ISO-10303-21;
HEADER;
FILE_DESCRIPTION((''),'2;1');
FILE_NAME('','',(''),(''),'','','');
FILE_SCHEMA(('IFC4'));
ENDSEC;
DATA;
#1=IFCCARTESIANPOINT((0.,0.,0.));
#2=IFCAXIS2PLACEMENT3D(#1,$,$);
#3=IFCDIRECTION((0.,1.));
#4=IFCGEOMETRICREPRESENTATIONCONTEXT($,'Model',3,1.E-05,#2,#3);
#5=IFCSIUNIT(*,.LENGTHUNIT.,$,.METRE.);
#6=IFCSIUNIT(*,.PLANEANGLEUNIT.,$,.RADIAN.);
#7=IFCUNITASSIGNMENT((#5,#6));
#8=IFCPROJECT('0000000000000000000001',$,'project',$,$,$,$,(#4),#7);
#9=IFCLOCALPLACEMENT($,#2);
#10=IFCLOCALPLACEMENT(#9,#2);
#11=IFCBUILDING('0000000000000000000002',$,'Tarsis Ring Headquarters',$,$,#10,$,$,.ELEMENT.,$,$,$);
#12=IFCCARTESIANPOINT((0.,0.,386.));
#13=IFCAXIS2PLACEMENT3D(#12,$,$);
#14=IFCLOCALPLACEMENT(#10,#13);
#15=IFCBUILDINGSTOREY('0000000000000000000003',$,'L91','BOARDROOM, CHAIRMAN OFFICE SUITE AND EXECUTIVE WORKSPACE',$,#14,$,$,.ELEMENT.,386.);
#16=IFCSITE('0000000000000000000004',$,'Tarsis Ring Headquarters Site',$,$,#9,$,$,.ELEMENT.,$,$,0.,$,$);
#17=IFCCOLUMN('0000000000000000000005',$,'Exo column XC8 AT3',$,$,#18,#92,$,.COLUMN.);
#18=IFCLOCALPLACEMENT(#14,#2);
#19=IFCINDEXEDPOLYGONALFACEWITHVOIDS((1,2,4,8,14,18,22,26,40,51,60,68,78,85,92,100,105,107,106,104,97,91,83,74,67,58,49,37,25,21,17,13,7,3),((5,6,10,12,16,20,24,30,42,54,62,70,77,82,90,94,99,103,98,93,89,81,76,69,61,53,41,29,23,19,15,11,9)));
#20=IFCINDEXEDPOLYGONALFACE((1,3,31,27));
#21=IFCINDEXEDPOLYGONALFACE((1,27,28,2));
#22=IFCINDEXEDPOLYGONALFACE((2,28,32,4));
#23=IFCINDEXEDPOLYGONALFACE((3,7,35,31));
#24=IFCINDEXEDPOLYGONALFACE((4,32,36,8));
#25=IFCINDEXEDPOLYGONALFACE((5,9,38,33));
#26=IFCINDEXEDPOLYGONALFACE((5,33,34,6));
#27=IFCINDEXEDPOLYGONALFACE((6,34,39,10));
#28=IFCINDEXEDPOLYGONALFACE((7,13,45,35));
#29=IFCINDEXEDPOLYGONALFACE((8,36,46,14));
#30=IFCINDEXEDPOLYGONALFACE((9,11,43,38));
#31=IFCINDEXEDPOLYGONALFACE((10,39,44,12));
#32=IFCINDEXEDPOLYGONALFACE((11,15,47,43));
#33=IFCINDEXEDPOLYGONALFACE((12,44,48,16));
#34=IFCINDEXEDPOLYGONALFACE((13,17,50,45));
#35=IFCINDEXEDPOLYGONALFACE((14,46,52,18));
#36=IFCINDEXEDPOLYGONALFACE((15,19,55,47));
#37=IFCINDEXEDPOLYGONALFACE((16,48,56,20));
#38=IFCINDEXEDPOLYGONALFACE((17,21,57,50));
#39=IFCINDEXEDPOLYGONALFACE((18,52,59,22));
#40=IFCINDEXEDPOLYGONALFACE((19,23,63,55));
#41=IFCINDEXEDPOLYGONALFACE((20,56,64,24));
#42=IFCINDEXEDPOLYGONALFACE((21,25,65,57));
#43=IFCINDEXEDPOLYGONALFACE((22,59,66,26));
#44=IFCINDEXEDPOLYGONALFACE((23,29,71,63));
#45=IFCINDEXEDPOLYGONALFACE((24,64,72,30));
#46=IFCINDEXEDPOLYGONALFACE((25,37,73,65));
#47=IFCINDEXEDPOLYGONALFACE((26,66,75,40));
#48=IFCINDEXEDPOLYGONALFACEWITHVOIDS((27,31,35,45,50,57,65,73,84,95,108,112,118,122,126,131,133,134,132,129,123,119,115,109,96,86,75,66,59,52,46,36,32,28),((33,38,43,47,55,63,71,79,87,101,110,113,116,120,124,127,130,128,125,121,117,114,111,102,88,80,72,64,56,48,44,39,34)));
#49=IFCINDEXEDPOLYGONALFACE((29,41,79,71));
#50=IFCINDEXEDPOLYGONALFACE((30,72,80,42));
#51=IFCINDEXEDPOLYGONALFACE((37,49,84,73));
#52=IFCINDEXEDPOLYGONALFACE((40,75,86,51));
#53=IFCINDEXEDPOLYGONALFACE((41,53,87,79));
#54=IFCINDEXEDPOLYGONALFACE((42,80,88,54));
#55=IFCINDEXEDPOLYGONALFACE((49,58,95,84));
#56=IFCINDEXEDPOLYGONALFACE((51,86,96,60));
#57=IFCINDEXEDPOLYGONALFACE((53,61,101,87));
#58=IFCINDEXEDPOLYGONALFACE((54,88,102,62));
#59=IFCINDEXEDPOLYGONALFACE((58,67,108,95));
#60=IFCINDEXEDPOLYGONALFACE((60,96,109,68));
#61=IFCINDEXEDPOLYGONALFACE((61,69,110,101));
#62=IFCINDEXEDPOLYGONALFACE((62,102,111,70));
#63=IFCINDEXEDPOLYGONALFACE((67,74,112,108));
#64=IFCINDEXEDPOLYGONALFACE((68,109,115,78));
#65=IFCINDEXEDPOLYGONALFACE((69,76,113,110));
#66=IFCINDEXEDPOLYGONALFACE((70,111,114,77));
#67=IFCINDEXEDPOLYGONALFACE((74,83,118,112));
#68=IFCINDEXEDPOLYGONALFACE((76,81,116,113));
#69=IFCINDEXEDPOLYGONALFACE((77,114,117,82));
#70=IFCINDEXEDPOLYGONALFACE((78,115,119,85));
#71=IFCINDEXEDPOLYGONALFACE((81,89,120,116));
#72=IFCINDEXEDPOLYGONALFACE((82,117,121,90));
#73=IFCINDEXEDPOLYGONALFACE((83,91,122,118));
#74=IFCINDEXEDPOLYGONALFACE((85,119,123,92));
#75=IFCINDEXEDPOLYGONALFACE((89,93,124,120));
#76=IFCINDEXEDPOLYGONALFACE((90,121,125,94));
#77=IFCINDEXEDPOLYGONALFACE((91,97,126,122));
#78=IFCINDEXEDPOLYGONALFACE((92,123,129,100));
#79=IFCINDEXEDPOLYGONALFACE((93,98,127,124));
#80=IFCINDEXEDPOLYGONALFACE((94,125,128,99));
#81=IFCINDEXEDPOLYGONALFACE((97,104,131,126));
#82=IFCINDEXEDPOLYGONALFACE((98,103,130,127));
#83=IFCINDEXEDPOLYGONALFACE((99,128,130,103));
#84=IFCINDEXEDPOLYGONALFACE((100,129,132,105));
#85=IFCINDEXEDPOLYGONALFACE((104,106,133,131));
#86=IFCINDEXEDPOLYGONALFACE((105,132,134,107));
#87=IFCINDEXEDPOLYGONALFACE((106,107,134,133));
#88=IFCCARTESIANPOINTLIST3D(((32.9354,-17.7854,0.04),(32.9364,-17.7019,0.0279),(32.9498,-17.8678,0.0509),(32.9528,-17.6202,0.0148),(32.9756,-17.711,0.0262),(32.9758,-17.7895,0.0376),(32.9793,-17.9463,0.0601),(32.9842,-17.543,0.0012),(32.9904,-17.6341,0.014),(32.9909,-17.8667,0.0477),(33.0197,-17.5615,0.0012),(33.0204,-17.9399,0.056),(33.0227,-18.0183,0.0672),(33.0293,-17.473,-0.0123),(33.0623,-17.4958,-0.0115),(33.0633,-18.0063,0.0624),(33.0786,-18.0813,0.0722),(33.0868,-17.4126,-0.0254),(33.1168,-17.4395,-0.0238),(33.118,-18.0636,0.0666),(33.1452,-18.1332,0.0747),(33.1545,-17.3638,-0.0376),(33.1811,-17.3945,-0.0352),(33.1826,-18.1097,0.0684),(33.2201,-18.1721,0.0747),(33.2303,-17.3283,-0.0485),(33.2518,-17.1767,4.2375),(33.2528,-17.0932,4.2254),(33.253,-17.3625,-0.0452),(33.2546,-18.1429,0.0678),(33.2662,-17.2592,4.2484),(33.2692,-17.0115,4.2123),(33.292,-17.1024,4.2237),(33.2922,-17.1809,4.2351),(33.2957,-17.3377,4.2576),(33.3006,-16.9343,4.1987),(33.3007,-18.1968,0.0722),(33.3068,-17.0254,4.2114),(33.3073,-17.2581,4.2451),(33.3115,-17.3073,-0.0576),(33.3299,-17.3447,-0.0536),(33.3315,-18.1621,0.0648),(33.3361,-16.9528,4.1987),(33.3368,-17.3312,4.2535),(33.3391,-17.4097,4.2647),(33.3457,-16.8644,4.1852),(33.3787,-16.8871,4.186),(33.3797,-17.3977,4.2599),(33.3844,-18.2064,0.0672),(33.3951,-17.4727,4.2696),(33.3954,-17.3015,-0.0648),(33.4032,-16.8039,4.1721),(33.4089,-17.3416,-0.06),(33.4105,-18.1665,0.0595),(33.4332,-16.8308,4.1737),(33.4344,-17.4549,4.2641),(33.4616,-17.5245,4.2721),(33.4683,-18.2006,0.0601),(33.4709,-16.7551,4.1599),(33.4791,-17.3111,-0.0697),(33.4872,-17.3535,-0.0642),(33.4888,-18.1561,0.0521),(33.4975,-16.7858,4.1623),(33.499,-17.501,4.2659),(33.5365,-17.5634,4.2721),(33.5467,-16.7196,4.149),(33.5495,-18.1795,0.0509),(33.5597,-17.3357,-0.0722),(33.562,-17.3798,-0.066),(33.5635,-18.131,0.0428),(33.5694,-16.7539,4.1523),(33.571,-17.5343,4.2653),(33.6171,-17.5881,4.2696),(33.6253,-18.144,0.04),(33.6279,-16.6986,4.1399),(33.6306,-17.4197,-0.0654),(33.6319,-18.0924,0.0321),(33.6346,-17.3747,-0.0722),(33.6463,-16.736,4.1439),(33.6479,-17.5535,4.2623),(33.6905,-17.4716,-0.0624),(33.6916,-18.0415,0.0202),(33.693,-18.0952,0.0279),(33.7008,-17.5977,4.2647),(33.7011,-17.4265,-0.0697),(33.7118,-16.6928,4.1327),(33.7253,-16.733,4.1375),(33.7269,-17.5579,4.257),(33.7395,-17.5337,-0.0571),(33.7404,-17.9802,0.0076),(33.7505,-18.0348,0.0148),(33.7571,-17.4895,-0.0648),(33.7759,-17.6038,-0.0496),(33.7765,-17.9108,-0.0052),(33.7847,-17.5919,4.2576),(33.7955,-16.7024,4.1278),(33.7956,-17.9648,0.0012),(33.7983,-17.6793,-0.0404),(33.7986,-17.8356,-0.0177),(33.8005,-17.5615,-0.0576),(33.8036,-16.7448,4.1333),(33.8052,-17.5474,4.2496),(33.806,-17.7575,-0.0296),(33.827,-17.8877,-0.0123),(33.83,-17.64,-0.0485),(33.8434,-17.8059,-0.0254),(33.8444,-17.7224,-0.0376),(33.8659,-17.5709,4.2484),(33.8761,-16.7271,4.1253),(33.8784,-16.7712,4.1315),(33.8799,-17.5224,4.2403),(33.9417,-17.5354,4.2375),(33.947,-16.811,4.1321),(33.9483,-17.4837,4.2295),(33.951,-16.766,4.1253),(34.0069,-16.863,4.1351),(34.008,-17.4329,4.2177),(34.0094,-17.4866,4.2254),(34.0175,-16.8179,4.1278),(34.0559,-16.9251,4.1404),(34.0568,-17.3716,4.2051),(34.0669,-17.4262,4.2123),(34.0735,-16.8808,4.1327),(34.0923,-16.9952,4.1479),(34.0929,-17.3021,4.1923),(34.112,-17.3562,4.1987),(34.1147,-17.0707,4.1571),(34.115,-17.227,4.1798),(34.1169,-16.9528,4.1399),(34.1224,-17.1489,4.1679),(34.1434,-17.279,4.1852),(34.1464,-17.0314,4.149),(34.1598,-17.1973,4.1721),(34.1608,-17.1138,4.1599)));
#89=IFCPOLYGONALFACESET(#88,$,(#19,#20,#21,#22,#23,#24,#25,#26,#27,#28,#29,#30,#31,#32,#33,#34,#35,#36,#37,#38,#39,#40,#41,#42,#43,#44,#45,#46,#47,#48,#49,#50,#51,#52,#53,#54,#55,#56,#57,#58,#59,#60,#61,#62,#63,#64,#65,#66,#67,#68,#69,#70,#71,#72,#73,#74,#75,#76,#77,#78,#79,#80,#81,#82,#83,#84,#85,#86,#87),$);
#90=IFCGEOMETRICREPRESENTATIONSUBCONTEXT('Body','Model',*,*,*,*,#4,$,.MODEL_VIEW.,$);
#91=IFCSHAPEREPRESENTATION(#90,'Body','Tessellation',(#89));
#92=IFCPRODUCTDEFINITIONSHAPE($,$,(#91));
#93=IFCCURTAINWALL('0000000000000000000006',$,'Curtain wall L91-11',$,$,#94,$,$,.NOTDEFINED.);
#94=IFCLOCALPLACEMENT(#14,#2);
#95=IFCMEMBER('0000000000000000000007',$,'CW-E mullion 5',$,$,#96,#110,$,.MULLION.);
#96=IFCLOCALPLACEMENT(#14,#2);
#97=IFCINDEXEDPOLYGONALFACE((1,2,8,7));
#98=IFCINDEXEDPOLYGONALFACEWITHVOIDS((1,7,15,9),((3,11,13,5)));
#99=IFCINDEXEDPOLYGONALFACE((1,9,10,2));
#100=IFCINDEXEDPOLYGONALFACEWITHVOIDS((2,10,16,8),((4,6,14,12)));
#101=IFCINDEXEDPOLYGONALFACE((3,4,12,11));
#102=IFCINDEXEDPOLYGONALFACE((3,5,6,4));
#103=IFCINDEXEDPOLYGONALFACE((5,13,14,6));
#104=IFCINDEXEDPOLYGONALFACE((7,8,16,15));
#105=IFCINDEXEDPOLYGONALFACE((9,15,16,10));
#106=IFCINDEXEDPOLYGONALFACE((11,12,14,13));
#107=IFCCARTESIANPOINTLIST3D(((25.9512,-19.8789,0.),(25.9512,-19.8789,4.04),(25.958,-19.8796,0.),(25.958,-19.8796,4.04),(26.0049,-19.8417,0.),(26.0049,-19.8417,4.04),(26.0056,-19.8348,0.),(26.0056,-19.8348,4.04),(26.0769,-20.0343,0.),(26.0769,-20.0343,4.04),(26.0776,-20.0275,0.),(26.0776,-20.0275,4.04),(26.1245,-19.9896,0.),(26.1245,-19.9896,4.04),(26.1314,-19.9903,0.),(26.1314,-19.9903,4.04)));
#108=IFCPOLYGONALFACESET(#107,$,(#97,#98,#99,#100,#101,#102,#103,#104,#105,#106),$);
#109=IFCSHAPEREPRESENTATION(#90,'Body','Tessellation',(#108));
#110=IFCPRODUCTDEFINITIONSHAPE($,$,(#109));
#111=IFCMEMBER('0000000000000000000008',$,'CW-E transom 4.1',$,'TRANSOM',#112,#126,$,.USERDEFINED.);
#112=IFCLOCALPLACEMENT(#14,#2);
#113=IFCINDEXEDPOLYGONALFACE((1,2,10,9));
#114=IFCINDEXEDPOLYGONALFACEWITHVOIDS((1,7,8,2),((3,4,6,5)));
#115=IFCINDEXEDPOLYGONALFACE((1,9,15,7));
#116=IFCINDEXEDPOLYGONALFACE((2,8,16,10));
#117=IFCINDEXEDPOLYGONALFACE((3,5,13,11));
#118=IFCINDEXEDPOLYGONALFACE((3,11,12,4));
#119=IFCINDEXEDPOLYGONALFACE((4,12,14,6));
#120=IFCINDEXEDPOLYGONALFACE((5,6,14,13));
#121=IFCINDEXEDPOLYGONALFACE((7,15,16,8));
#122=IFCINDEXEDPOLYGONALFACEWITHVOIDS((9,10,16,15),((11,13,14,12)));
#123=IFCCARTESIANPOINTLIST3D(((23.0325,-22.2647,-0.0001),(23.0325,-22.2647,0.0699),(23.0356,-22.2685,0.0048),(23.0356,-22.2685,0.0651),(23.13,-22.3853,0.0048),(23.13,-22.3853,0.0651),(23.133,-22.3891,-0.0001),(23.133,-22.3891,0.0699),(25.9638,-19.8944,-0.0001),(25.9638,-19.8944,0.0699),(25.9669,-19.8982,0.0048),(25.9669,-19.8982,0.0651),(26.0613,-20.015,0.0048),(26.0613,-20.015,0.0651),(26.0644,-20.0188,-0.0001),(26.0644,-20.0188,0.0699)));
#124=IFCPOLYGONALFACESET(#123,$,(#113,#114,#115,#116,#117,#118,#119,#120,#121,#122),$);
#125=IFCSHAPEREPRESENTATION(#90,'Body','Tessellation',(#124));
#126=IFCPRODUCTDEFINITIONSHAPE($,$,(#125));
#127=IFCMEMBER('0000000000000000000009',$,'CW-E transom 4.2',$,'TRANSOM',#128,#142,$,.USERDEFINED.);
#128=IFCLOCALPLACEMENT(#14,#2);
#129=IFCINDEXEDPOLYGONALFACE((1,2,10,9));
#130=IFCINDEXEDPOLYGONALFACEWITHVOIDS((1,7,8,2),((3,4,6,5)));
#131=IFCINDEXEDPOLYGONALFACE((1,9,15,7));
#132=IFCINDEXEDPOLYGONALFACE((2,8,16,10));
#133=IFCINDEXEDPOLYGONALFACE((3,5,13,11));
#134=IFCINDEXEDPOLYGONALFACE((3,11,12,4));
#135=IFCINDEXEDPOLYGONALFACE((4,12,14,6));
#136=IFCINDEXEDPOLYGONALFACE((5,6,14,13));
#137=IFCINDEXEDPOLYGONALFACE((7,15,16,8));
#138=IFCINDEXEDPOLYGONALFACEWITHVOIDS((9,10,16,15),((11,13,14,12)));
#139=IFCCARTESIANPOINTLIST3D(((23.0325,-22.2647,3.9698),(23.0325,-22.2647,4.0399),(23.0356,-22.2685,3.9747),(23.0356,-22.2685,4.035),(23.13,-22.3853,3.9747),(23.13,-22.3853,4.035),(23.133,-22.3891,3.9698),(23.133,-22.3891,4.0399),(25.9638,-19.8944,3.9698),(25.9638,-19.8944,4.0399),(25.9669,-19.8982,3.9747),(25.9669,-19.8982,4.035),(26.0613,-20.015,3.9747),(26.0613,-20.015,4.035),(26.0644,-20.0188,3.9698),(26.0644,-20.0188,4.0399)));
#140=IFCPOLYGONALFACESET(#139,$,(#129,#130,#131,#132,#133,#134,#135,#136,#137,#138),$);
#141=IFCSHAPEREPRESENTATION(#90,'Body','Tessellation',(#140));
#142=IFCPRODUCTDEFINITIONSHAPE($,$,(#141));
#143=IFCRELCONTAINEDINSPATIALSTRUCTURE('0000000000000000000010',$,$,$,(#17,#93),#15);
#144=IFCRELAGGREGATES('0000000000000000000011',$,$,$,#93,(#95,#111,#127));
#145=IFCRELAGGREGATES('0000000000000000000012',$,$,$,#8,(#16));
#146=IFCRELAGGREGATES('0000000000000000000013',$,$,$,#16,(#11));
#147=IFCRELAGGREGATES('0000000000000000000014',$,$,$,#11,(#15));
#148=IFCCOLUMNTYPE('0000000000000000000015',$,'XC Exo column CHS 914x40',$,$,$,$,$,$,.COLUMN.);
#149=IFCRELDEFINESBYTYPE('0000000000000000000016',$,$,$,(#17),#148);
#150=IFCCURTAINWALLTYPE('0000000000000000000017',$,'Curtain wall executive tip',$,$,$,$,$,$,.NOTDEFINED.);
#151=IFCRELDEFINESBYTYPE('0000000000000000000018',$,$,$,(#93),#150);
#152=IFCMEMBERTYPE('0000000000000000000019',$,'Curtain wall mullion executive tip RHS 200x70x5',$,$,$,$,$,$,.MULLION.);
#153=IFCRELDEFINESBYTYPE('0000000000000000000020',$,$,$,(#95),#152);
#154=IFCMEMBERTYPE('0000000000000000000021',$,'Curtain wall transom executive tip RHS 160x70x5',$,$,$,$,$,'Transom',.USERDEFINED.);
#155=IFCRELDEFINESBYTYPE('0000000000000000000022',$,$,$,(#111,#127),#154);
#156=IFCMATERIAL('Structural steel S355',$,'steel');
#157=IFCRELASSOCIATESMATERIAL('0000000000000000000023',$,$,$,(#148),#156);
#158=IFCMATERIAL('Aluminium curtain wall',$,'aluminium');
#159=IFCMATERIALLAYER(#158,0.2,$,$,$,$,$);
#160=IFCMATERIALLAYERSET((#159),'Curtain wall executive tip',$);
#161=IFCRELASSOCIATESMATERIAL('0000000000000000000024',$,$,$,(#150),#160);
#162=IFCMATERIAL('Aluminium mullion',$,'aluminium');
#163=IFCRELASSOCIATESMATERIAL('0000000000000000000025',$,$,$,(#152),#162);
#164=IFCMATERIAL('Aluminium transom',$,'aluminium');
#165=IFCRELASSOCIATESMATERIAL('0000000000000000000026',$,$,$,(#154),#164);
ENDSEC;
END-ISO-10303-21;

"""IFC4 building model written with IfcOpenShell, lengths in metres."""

from ifc_helpers import new_model, si_unit, direction, frame, origin, origin_2d, place, context, subcontext, project, spatial, hollow_rectangle, hollow_circle, extrude, material, layer, layer_set, material_profile, profile_set, type_object, element, aggregate, save


model = new_model("IFC4")

# Units and contexts
model_context = context("Model", 3, precision=1e-05, world=origin(), true_north=direction((0.0, 1.0)))
body_context = subcontext(model_context, "Body", "Model", "MODEL_VIEW")
ifc_project = project(units=[si_unit("LENGTHUNIT", "METRE"), si_unit("PLANEANGLEUNIT", "RADIAN")], contexts=[model_context])

# Site, building, storey
site_placement = place(None, origin())
site = spatial("IfcSite", under=ifc_project, at=site_placement, Name="Tarsis Ring Headquarters Site", CompositionType="ELEMENT", RefElevation=0.0)
building_placement = place(site_placement, origin())
building = spatial("IfcBuilding", under=site, at=building_placement, Name="Tarsis Ring Headquarters", CompositionType="ELEMENT")
storey_placement = place(building_placement, frame((0.0, 0.0, 386.0)))
storey = spatial("IfcBuildingStorey", under=building, at=storey_placement, Name="L91", Description="BOARDROOM, CHAIRMAN OFFICE SUITE AND EXECUTIVE WORKSPACE", CompositionType="ELEMENT", Elevation=386.0)

# Column
ifc_material_1 = material(Name="Structural steel S355", Category="steel")
ifc_material_profile_1 = material_profile(ifc_material_1, hollow_circle(Radius=0.457, WallThickness=0.04, at=origin_2d()), Name="CHS 914x40")
ifc_profile_set_1 = profile_set([ifc_material_profile_1], Name="Structural steel S355")
column_type = type_object("IfcColumnType", Name="XC Exo column CHS 914x40", PredefinedType="COLUMN", material=ifc_profile_set_1)
column_placement = place(storey_placement, frame((33.3899, -17.7539, 0.0012), z_axis=(0.074393, 0.143103, 0.986908), x_axis=(-0.887269, 0.461252, 0.0)))
element("IfcColumn", 1, at=column_placement, inside=storey, type_object=column_type, Name="Exo column XC8 AT3", PredefinedType="COLUMN", context=body_context, shape_type="SweptSolid", body=[
    extrude(hollow_circle(Radius=0.4573, WallThickness=0.04, at=origin_2d()), origin(), (0.0, 0.0, 1.0), 4.2532),
])

# Curtain wall, members
ifc_material_2 = material(Name="Aluminium curtain wall", Category="aluminium")
ifc_layer_1 = layer(ifc_material_2, 0.2)
ifc_layer_set_1 = layer_set([ifc_layer_1], Name="Curtain wall executive tip")
curtain_wall_type = type_object("IfcCurtainWallType", Name="Curtain wall executive tip", PredefinedType="NOTDEFINED", material=ifc_layer_set_1)
curtain_wall_placement = place(storey_placement, origin())
curtain_wall = element("IfcCurtainWall", 2, at=curtain_wall_placement, inside=storey, type_object=curtain_wall_type, Name="Curtain wall L91-11", PredefinedType="NOTDEFINED")
ifc_material_3 = material(Name="Aluminium mullion", Category="aluminium")
ifc_material_profile_2 = material_profile(ifc_material_3, hollow_rectangle(XDim=0.2, YDim=0.0701, WallThickness=0.0049, at=origin_2d()), Name="RHS 200x70x5")
ifc_profile_set_2 = profile_set([ifc_material_profile_2], Name="Aluminium mullion")
member_type_1 = type_object("IfcMemberType", Name="Curtain wall mullion executive tip RHS 200x70x5", PredefinedType="MULLION", material=ifc_profile_set_2)
member_1_placement = place(storey_placement, frame((26.0413, -19.9346, 0.0), z_axis=(0.0, 0.0, 1.0), x_axis=(-0.628778, 0.777585, 0.0)))
member_1 = element("IfcMember", 3, at=member_1_placement, type_object=member_type_1, Name="CW-E mullion 5", PredefinedType="MULLION", context=body_context, shape_type="SweptSolid", body=[
    extrude(hollow_rectangle(XDim=0.2, YDim=0.0701, WallThickness=0.0049, at=origin_2d()), origin(), (0.0, 0.0, 1.0), 4.04),
])
ifc_material_4 = material(Name="Aluminium transom", Category="aluminium")
ifc_material_profile_3 = material_profile(ifc_material_4, hollow_rectangle(XDim=0.1599, YDim=0.0701, WallThickness=0.0049, at=origin_2d()), Name="RHS 160x70x5")
ifc_profile_set_3 = profile_set([ifc_material_profile_3], Name="Aluminium transom")
member_type_2 = type_object("IfcMemberType", Name="Curtain wall transom executive tip RHS 160x70x5", ElementType="Transom", PredefinedType="USERDEFINED", material=ifc_profile_set_3)
member_2_placement = place(storey_placement, frame((23.0828, -22.3269, 0.0349), z_axis=(0.777592, 0.62877, 0.0), x_axis=(-0.62877, 0.777592, 0.0)))
member_2 = element("IfcMember", 4, at=member_2_placement, type_object=member_type_2, Name="CW-E transom 4.1", ObjectType="TRANSOM", PredefinedType="USERDEFINED", context=body_context, shape_type="SweptSolid", body=[
    extrude(hollow_rectangle(XDim=0.1599, YDim=0.0701, WallThickness=0.0049, at=origin_2d()), origin(), (0.0, 0.0, 1.0), 3.7698),
])
member_3_placement = place(storey_placement, frame((23.0828, -22.3269, 4.0049), z_axis=(0.777592, 0.62877, 0.0), x_axis=(-0.62877, 0.777592, 0.0)))
member_3 = element("IfcMember", 5, at=member_3_placement, type_object=member_type_2, Name="CW-E transom 4.2", ObjectType="TRANSOM", PredefinedType="USERDEFINED", context=body_context, shape_type="SweptSolid", body=[
    extrude(hollow_rectangle(XDim=0.1599, YDim=0.0701, WallThickness=0.0049, at=origin_2d()), origin(), (0.0, 0.0, 1.0), 3.7698),
])

aggregate(curtain_wall, [member_1, member_2, member_3])

save(model, "model.ifc")
